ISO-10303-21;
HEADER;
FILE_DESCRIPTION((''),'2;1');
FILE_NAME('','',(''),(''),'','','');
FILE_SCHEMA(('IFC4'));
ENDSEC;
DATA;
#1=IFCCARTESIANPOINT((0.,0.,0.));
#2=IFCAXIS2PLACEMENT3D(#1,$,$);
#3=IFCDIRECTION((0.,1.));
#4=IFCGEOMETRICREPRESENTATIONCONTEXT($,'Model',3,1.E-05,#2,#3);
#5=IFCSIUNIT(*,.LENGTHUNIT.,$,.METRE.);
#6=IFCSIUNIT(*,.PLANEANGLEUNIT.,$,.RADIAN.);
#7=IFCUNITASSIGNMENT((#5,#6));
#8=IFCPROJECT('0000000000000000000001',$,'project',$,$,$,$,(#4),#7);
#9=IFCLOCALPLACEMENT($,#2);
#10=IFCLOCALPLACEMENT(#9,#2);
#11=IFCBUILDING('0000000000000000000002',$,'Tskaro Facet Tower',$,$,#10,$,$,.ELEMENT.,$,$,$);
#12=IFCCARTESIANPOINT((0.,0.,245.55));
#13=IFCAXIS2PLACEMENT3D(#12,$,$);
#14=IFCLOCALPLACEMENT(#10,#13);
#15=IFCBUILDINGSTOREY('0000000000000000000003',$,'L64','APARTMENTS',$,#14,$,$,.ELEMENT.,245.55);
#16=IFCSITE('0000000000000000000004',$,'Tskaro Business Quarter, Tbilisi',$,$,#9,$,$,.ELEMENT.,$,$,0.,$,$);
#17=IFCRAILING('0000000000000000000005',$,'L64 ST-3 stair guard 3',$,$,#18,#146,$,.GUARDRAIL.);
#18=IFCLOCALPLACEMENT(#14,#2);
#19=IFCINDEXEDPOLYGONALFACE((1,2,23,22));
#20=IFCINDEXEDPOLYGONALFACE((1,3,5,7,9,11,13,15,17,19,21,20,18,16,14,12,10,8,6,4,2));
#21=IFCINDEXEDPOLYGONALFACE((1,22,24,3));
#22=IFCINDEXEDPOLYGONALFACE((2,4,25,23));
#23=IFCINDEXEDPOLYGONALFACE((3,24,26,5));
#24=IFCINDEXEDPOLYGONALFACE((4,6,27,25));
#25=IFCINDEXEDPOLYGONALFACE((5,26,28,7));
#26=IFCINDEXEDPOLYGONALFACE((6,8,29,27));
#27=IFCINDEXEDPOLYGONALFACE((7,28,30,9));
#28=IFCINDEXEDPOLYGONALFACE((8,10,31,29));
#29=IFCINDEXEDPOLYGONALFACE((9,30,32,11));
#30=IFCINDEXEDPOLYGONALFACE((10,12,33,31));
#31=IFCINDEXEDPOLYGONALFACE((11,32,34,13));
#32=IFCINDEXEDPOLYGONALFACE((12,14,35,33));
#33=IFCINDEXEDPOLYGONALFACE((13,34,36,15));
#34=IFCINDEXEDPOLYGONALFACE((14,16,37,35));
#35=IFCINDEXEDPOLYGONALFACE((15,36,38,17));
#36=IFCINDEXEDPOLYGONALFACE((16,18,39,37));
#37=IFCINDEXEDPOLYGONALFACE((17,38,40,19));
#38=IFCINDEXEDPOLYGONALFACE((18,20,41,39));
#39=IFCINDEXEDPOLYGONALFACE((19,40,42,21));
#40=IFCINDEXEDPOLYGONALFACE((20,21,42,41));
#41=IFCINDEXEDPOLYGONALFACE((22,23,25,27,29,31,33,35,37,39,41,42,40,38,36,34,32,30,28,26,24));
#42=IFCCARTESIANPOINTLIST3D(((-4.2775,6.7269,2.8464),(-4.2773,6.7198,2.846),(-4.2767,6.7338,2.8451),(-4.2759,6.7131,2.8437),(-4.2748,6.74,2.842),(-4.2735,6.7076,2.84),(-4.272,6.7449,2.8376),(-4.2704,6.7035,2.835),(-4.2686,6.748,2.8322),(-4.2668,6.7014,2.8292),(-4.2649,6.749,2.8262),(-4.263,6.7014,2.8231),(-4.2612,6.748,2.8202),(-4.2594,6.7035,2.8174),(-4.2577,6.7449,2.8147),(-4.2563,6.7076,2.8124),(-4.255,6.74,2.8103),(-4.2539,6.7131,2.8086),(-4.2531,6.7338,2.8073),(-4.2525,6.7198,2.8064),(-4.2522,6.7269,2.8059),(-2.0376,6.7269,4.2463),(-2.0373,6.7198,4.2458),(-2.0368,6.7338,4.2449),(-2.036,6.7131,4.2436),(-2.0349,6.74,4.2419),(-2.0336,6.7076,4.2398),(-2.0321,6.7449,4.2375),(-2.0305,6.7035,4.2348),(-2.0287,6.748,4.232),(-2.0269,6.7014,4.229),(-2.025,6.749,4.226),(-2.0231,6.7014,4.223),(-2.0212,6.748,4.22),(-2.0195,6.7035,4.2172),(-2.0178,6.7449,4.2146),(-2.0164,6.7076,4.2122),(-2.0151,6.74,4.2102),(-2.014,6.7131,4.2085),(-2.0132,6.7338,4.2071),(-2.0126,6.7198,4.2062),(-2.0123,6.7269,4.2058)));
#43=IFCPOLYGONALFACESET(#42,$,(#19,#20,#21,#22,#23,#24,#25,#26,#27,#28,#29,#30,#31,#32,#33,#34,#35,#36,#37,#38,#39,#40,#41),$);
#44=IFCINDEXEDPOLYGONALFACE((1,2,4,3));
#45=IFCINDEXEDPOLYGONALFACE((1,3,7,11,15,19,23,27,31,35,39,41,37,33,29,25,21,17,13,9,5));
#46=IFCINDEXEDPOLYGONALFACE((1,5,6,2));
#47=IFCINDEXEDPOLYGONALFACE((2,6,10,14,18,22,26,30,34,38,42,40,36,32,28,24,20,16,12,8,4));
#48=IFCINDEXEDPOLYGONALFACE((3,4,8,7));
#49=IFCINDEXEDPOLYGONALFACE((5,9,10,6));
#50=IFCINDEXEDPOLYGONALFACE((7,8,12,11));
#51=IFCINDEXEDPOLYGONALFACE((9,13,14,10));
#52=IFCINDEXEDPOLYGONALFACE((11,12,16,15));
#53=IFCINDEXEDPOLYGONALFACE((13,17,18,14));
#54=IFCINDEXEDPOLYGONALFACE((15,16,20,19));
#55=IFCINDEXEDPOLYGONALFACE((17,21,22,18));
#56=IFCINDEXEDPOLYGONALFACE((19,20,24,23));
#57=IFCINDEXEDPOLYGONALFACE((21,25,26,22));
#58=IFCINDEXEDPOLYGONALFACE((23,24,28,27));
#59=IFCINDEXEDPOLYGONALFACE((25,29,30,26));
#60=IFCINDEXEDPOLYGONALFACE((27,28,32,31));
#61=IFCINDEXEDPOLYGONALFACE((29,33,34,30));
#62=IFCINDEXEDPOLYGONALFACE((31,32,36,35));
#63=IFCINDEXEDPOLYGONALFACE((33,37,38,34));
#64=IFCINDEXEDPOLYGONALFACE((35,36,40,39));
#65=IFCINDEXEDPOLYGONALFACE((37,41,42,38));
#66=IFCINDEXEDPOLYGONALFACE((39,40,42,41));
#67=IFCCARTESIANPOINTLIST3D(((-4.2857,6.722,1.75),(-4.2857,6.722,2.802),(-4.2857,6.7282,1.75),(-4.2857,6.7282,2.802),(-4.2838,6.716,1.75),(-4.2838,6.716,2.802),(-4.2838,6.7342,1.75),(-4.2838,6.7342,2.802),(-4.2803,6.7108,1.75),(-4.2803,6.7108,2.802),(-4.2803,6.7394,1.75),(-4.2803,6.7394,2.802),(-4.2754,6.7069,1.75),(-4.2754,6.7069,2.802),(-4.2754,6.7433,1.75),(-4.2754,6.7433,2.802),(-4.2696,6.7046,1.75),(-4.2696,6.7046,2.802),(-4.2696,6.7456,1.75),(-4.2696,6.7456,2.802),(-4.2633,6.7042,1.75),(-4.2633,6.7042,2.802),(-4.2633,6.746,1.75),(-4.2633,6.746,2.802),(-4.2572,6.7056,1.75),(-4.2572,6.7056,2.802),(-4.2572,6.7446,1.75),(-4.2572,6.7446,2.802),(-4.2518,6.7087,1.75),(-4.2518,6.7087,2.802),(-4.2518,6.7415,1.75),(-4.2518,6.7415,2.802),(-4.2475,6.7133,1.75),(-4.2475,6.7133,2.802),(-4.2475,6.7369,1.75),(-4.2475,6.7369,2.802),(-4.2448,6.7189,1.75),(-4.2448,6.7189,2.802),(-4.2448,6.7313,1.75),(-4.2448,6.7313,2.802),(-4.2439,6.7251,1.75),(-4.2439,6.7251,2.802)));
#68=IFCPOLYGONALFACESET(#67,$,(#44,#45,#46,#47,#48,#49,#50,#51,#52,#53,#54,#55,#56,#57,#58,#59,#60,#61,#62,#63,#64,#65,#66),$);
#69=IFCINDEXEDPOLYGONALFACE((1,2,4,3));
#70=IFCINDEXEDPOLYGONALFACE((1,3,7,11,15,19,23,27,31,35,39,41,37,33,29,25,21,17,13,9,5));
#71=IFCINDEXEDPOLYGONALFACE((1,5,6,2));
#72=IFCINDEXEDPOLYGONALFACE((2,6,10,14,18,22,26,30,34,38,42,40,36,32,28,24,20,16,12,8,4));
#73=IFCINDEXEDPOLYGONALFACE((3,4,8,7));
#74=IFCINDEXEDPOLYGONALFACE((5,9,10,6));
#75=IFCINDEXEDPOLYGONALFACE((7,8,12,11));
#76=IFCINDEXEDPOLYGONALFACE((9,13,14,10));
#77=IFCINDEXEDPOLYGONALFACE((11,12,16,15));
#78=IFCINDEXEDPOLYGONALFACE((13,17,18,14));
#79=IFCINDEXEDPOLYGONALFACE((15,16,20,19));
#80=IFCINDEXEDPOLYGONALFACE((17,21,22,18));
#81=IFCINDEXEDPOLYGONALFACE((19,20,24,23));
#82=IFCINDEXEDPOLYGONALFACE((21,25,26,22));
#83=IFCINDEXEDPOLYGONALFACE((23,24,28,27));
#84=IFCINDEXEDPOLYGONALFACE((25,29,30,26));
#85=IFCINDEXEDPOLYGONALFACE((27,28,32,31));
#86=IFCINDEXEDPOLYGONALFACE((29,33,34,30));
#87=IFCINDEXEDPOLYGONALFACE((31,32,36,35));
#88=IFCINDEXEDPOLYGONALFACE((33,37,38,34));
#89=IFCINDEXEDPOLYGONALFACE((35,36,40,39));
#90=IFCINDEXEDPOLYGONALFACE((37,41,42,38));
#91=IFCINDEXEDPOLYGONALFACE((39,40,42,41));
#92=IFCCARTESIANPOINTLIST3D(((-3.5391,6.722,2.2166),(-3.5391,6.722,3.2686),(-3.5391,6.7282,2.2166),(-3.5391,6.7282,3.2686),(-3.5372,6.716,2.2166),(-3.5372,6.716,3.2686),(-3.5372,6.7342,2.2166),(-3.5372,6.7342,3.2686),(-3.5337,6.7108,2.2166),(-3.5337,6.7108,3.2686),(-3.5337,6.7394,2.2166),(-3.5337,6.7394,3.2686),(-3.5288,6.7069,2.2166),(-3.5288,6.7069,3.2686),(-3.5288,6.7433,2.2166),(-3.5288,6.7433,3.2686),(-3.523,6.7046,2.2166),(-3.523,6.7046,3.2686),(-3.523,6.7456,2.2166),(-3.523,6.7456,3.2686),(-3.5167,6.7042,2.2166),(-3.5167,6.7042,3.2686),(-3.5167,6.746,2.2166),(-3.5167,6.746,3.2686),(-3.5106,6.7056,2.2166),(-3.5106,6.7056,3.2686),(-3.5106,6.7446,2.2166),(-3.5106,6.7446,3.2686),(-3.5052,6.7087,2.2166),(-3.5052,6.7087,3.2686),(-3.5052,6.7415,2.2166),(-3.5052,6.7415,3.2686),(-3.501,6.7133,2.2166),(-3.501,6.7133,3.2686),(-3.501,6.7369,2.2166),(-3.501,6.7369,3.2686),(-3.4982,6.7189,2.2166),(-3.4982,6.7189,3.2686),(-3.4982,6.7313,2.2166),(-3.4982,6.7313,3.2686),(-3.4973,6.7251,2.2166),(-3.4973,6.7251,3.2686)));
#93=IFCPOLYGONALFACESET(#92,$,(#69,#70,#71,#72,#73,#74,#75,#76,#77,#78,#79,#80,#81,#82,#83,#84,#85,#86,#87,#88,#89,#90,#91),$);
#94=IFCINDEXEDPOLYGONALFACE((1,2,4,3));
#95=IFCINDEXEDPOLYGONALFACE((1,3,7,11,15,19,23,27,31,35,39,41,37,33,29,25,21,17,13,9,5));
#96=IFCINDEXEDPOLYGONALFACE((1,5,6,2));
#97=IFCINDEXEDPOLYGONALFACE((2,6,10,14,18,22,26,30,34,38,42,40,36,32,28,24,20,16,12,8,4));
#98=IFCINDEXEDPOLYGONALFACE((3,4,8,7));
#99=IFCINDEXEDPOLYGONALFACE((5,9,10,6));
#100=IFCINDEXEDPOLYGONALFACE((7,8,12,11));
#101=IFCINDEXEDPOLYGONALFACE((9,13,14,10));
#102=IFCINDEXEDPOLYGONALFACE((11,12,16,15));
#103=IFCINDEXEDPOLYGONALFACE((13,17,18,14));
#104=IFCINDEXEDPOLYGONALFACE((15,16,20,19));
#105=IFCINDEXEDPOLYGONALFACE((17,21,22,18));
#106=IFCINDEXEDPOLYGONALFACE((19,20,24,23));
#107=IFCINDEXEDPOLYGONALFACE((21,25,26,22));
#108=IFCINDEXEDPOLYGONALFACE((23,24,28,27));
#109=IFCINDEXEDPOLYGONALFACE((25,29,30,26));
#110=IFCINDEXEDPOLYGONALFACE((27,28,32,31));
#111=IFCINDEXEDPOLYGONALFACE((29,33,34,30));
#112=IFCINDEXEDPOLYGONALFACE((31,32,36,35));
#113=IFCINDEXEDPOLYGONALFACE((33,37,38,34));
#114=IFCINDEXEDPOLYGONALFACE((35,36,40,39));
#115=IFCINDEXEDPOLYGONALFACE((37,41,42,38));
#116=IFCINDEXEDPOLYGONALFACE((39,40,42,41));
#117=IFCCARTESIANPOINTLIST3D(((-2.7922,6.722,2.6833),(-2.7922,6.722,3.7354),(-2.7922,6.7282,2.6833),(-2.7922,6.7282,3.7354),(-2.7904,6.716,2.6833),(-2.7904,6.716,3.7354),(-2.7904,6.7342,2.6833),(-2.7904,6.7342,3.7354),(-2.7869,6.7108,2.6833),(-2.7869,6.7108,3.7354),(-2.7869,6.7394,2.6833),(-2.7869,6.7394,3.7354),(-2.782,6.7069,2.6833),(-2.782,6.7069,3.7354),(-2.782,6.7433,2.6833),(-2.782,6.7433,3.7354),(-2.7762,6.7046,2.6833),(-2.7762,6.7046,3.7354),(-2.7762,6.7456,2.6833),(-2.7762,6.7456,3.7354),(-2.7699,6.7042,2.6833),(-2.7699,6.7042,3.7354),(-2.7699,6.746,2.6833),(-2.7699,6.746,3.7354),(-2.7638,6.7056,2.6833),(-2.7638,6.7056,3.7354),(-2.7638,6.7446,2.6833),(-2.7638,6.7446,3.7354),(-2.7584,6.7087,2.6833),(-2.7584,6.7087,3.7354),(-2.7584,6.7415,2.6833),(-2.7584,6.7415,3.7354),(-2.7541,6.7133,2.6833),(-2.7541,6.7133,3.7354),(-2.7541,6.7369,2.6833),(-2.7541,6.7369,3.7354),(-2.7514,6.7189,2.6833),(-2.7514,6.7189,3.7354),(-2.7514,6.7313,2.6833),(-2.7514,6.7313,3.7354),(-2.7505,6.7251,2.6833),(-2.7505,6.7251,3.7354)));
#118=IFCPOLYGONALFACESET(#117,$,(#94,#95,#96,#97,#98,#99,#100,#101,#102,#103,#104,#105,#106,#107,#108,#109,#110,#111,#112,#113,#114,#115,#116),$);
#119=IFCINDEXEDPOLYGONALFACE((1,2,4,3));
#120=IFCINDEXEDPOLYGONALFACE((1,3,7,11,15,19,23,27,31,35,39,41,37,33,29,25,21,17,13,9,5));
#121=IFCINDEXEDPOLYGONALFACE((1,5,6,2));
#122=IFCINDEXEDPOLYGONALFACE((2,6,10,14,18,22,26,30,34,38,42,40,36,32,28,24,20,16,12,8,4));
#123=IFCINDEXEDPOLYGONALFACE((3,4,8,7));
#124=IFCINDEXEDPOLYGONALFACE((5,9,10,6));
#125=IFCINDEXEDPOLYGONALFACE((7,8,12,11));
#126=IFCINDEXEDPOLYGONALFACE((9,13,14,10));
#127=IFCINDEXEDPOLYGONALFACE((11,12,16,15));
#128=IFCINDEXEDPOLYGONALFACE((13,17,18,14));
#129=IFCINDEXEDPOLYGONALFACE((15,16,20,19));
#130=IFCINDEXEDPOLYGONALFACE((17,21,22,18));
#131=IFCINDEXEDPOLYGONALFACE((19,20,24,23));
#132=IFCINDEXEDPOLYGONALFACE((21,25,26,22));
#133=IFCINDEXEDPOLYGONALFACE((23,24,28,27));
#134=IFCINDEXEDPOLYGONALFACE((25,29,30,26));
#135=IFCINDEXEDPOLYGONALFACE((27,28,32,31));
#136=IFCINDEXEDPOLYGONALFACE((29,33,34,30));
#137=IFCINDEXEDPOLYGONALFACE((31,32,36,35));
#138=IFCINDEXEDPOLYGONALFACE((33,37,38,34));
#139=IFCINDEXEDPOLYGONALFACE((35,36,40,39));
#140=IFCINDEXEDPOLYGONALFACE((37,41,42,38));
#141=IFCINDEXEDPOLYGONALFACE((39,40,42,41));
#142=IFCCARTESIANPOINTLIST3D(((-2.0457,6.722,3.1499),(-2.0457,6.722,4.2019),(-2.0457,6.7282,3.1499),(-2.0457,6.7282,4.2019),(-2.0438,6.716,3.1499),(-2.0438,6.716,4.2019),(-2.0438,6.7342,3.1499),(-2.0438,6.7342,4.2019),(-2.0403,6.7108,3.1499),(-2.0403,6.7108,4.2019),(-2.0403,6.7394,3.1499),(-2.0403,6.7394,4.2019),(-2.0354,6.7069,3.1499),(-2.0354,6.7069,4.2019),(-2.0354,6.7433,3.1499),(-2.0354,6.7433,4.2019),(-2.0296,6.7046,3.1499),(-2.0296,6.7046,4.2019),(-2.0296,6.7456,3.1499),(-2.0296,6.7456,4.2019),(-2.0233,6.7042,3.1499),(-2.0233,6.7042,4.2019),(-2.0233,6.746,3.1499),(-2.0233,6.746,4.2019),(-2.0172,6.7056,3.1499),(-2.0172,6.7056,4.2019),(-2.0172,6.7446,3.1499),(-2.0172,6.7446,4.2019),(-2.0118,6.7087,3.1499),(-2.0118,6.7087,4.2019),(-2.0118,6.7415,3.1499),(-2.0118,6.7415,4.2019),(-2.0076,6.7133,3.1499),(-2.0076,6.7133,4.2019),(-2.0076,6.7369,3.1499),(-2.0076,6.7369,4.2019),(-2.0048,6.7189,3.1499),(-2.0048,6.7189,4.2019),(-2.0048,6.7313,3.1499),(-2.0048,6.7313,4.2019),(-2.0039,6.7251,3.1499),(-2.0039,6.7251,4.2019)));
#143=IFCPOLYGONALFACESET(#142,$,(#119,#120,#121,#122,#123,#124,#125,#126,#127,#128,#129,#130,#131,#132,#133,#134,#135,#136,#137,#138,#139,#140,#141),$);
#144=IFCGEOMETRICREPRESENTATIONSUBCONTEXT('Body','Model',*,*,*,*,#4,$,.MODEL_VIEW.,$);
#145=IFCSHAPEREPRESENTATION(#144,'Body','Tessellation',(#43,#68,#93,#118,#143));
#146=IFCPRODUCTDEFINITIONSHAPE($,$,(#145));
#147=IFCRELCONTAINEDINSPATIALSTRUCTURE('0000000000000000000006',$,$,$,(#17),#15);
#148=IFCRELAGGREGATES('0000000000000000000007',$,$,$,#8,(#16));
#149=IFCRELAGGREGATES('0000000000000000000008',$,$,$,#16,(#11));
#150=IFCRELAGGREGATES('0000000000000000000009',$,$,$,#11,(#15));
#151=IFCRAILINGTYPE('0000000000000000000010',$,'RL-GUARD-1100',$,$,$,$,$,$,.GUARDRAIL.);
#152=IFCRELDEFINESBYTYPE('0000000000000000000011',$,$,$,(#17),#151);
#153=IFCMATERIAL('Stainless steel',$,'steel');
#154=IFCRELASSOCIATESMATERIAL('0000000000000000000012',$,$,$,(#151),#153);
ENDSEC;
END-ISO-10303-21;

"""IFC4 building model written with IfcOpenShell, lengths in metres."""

from ifc_helpers import new_model, si_unit, direction, frame, origin, origin_2d, place, context, subcontext, project, spatial, circle, extrude, material, type_object, element, save


model = new_model("IFC4")

# Units and contexts
model_context = context("Model", 3, precision=1e-05, world=origin(), true_north=direction((0.0, 1.0)))
body_context = subcontext(model_context, "Body", "Model", "MODEL_VIEW")
ifc_project = project(units=[si_unit("LENGTHUNIT", "METRE"), si_unit("PLANEANGLEUNIT", "RADIAN")], contexts=[model_context])

# Site, building, storey
site_placement = place(None, origin())
site = spatial("IfcSite", under=ifc_project, at=site_placement, Name="Tskaro Business Quarter, Tbilisi", CompositionType="ELEMENT", RefElevation=0.0)
building_placement = place(site_placement, origin())
building = spatial("IfcBuilding", under=site, at=building_placement, Name="Tskaro Facet Tower", CompositionType="ELEMENT")
storey_placement = place(building_placement, frame((0.0, 0.0, 245.55)))
storey = spatial("IfcBuildingStorey", under=building, at=storey_placement, Name="L64", Description="APARTMENTS", CompositionType="ELEMENT", Elevation=245.55)

# Railing
ifc_material_1 = material(Name="Stainless steel", Category="steel")
railing_type_1 = type_object("IfcRailingType", Name="RL-GUARD-1100", PredefinedType="GUARDRAIL", material=ifc_material_1)
railing_1_placement = place(storey_placement, frame((-4.2649, 6.7251, 1.75)))
element("IfcRailing", 1, at=railing_1_placement, inside=storey, type_object=railing_type_1, Name="L64 ST-3 stair guard 3", PredefinedType="GUARDRAIL", context=body_context, shape_type="SweptSolid", body=[
    extrude(circle(Radius=0.0239, at=origin_2d()), frame((0.0, 0.0, 1.0762), z_axis=(0.848014, 0.0, 0.529974), x_axis=(0.0, 1.0, 0.0)), (0.0, 0.0, 1.0), 2.6414),
    extrude(circle(Radius=0.021, at=origin_2d()), origin(), (0.0, 0.0, 1.0), 1.052),
    extrude(circle(Radius=0.021, at=origin_2d()), frame((0.7466, 0.0, 0.4666)), (0.0, 0.0, 1.0), 1.052),
    extrude(circle(Radius=0.021, at=origin_2d()), frame((1.4934, 0.0, 0.9333)), (0.0, 0.0, 1.0), 1.052),
    extrude(circle(Radius=0.021, at=origin_2d()), frame((2.24, 0.0, 1.3999)), (0.0, 0.0, 1.0), 1.052),
])

save(model, "model.ifc")
